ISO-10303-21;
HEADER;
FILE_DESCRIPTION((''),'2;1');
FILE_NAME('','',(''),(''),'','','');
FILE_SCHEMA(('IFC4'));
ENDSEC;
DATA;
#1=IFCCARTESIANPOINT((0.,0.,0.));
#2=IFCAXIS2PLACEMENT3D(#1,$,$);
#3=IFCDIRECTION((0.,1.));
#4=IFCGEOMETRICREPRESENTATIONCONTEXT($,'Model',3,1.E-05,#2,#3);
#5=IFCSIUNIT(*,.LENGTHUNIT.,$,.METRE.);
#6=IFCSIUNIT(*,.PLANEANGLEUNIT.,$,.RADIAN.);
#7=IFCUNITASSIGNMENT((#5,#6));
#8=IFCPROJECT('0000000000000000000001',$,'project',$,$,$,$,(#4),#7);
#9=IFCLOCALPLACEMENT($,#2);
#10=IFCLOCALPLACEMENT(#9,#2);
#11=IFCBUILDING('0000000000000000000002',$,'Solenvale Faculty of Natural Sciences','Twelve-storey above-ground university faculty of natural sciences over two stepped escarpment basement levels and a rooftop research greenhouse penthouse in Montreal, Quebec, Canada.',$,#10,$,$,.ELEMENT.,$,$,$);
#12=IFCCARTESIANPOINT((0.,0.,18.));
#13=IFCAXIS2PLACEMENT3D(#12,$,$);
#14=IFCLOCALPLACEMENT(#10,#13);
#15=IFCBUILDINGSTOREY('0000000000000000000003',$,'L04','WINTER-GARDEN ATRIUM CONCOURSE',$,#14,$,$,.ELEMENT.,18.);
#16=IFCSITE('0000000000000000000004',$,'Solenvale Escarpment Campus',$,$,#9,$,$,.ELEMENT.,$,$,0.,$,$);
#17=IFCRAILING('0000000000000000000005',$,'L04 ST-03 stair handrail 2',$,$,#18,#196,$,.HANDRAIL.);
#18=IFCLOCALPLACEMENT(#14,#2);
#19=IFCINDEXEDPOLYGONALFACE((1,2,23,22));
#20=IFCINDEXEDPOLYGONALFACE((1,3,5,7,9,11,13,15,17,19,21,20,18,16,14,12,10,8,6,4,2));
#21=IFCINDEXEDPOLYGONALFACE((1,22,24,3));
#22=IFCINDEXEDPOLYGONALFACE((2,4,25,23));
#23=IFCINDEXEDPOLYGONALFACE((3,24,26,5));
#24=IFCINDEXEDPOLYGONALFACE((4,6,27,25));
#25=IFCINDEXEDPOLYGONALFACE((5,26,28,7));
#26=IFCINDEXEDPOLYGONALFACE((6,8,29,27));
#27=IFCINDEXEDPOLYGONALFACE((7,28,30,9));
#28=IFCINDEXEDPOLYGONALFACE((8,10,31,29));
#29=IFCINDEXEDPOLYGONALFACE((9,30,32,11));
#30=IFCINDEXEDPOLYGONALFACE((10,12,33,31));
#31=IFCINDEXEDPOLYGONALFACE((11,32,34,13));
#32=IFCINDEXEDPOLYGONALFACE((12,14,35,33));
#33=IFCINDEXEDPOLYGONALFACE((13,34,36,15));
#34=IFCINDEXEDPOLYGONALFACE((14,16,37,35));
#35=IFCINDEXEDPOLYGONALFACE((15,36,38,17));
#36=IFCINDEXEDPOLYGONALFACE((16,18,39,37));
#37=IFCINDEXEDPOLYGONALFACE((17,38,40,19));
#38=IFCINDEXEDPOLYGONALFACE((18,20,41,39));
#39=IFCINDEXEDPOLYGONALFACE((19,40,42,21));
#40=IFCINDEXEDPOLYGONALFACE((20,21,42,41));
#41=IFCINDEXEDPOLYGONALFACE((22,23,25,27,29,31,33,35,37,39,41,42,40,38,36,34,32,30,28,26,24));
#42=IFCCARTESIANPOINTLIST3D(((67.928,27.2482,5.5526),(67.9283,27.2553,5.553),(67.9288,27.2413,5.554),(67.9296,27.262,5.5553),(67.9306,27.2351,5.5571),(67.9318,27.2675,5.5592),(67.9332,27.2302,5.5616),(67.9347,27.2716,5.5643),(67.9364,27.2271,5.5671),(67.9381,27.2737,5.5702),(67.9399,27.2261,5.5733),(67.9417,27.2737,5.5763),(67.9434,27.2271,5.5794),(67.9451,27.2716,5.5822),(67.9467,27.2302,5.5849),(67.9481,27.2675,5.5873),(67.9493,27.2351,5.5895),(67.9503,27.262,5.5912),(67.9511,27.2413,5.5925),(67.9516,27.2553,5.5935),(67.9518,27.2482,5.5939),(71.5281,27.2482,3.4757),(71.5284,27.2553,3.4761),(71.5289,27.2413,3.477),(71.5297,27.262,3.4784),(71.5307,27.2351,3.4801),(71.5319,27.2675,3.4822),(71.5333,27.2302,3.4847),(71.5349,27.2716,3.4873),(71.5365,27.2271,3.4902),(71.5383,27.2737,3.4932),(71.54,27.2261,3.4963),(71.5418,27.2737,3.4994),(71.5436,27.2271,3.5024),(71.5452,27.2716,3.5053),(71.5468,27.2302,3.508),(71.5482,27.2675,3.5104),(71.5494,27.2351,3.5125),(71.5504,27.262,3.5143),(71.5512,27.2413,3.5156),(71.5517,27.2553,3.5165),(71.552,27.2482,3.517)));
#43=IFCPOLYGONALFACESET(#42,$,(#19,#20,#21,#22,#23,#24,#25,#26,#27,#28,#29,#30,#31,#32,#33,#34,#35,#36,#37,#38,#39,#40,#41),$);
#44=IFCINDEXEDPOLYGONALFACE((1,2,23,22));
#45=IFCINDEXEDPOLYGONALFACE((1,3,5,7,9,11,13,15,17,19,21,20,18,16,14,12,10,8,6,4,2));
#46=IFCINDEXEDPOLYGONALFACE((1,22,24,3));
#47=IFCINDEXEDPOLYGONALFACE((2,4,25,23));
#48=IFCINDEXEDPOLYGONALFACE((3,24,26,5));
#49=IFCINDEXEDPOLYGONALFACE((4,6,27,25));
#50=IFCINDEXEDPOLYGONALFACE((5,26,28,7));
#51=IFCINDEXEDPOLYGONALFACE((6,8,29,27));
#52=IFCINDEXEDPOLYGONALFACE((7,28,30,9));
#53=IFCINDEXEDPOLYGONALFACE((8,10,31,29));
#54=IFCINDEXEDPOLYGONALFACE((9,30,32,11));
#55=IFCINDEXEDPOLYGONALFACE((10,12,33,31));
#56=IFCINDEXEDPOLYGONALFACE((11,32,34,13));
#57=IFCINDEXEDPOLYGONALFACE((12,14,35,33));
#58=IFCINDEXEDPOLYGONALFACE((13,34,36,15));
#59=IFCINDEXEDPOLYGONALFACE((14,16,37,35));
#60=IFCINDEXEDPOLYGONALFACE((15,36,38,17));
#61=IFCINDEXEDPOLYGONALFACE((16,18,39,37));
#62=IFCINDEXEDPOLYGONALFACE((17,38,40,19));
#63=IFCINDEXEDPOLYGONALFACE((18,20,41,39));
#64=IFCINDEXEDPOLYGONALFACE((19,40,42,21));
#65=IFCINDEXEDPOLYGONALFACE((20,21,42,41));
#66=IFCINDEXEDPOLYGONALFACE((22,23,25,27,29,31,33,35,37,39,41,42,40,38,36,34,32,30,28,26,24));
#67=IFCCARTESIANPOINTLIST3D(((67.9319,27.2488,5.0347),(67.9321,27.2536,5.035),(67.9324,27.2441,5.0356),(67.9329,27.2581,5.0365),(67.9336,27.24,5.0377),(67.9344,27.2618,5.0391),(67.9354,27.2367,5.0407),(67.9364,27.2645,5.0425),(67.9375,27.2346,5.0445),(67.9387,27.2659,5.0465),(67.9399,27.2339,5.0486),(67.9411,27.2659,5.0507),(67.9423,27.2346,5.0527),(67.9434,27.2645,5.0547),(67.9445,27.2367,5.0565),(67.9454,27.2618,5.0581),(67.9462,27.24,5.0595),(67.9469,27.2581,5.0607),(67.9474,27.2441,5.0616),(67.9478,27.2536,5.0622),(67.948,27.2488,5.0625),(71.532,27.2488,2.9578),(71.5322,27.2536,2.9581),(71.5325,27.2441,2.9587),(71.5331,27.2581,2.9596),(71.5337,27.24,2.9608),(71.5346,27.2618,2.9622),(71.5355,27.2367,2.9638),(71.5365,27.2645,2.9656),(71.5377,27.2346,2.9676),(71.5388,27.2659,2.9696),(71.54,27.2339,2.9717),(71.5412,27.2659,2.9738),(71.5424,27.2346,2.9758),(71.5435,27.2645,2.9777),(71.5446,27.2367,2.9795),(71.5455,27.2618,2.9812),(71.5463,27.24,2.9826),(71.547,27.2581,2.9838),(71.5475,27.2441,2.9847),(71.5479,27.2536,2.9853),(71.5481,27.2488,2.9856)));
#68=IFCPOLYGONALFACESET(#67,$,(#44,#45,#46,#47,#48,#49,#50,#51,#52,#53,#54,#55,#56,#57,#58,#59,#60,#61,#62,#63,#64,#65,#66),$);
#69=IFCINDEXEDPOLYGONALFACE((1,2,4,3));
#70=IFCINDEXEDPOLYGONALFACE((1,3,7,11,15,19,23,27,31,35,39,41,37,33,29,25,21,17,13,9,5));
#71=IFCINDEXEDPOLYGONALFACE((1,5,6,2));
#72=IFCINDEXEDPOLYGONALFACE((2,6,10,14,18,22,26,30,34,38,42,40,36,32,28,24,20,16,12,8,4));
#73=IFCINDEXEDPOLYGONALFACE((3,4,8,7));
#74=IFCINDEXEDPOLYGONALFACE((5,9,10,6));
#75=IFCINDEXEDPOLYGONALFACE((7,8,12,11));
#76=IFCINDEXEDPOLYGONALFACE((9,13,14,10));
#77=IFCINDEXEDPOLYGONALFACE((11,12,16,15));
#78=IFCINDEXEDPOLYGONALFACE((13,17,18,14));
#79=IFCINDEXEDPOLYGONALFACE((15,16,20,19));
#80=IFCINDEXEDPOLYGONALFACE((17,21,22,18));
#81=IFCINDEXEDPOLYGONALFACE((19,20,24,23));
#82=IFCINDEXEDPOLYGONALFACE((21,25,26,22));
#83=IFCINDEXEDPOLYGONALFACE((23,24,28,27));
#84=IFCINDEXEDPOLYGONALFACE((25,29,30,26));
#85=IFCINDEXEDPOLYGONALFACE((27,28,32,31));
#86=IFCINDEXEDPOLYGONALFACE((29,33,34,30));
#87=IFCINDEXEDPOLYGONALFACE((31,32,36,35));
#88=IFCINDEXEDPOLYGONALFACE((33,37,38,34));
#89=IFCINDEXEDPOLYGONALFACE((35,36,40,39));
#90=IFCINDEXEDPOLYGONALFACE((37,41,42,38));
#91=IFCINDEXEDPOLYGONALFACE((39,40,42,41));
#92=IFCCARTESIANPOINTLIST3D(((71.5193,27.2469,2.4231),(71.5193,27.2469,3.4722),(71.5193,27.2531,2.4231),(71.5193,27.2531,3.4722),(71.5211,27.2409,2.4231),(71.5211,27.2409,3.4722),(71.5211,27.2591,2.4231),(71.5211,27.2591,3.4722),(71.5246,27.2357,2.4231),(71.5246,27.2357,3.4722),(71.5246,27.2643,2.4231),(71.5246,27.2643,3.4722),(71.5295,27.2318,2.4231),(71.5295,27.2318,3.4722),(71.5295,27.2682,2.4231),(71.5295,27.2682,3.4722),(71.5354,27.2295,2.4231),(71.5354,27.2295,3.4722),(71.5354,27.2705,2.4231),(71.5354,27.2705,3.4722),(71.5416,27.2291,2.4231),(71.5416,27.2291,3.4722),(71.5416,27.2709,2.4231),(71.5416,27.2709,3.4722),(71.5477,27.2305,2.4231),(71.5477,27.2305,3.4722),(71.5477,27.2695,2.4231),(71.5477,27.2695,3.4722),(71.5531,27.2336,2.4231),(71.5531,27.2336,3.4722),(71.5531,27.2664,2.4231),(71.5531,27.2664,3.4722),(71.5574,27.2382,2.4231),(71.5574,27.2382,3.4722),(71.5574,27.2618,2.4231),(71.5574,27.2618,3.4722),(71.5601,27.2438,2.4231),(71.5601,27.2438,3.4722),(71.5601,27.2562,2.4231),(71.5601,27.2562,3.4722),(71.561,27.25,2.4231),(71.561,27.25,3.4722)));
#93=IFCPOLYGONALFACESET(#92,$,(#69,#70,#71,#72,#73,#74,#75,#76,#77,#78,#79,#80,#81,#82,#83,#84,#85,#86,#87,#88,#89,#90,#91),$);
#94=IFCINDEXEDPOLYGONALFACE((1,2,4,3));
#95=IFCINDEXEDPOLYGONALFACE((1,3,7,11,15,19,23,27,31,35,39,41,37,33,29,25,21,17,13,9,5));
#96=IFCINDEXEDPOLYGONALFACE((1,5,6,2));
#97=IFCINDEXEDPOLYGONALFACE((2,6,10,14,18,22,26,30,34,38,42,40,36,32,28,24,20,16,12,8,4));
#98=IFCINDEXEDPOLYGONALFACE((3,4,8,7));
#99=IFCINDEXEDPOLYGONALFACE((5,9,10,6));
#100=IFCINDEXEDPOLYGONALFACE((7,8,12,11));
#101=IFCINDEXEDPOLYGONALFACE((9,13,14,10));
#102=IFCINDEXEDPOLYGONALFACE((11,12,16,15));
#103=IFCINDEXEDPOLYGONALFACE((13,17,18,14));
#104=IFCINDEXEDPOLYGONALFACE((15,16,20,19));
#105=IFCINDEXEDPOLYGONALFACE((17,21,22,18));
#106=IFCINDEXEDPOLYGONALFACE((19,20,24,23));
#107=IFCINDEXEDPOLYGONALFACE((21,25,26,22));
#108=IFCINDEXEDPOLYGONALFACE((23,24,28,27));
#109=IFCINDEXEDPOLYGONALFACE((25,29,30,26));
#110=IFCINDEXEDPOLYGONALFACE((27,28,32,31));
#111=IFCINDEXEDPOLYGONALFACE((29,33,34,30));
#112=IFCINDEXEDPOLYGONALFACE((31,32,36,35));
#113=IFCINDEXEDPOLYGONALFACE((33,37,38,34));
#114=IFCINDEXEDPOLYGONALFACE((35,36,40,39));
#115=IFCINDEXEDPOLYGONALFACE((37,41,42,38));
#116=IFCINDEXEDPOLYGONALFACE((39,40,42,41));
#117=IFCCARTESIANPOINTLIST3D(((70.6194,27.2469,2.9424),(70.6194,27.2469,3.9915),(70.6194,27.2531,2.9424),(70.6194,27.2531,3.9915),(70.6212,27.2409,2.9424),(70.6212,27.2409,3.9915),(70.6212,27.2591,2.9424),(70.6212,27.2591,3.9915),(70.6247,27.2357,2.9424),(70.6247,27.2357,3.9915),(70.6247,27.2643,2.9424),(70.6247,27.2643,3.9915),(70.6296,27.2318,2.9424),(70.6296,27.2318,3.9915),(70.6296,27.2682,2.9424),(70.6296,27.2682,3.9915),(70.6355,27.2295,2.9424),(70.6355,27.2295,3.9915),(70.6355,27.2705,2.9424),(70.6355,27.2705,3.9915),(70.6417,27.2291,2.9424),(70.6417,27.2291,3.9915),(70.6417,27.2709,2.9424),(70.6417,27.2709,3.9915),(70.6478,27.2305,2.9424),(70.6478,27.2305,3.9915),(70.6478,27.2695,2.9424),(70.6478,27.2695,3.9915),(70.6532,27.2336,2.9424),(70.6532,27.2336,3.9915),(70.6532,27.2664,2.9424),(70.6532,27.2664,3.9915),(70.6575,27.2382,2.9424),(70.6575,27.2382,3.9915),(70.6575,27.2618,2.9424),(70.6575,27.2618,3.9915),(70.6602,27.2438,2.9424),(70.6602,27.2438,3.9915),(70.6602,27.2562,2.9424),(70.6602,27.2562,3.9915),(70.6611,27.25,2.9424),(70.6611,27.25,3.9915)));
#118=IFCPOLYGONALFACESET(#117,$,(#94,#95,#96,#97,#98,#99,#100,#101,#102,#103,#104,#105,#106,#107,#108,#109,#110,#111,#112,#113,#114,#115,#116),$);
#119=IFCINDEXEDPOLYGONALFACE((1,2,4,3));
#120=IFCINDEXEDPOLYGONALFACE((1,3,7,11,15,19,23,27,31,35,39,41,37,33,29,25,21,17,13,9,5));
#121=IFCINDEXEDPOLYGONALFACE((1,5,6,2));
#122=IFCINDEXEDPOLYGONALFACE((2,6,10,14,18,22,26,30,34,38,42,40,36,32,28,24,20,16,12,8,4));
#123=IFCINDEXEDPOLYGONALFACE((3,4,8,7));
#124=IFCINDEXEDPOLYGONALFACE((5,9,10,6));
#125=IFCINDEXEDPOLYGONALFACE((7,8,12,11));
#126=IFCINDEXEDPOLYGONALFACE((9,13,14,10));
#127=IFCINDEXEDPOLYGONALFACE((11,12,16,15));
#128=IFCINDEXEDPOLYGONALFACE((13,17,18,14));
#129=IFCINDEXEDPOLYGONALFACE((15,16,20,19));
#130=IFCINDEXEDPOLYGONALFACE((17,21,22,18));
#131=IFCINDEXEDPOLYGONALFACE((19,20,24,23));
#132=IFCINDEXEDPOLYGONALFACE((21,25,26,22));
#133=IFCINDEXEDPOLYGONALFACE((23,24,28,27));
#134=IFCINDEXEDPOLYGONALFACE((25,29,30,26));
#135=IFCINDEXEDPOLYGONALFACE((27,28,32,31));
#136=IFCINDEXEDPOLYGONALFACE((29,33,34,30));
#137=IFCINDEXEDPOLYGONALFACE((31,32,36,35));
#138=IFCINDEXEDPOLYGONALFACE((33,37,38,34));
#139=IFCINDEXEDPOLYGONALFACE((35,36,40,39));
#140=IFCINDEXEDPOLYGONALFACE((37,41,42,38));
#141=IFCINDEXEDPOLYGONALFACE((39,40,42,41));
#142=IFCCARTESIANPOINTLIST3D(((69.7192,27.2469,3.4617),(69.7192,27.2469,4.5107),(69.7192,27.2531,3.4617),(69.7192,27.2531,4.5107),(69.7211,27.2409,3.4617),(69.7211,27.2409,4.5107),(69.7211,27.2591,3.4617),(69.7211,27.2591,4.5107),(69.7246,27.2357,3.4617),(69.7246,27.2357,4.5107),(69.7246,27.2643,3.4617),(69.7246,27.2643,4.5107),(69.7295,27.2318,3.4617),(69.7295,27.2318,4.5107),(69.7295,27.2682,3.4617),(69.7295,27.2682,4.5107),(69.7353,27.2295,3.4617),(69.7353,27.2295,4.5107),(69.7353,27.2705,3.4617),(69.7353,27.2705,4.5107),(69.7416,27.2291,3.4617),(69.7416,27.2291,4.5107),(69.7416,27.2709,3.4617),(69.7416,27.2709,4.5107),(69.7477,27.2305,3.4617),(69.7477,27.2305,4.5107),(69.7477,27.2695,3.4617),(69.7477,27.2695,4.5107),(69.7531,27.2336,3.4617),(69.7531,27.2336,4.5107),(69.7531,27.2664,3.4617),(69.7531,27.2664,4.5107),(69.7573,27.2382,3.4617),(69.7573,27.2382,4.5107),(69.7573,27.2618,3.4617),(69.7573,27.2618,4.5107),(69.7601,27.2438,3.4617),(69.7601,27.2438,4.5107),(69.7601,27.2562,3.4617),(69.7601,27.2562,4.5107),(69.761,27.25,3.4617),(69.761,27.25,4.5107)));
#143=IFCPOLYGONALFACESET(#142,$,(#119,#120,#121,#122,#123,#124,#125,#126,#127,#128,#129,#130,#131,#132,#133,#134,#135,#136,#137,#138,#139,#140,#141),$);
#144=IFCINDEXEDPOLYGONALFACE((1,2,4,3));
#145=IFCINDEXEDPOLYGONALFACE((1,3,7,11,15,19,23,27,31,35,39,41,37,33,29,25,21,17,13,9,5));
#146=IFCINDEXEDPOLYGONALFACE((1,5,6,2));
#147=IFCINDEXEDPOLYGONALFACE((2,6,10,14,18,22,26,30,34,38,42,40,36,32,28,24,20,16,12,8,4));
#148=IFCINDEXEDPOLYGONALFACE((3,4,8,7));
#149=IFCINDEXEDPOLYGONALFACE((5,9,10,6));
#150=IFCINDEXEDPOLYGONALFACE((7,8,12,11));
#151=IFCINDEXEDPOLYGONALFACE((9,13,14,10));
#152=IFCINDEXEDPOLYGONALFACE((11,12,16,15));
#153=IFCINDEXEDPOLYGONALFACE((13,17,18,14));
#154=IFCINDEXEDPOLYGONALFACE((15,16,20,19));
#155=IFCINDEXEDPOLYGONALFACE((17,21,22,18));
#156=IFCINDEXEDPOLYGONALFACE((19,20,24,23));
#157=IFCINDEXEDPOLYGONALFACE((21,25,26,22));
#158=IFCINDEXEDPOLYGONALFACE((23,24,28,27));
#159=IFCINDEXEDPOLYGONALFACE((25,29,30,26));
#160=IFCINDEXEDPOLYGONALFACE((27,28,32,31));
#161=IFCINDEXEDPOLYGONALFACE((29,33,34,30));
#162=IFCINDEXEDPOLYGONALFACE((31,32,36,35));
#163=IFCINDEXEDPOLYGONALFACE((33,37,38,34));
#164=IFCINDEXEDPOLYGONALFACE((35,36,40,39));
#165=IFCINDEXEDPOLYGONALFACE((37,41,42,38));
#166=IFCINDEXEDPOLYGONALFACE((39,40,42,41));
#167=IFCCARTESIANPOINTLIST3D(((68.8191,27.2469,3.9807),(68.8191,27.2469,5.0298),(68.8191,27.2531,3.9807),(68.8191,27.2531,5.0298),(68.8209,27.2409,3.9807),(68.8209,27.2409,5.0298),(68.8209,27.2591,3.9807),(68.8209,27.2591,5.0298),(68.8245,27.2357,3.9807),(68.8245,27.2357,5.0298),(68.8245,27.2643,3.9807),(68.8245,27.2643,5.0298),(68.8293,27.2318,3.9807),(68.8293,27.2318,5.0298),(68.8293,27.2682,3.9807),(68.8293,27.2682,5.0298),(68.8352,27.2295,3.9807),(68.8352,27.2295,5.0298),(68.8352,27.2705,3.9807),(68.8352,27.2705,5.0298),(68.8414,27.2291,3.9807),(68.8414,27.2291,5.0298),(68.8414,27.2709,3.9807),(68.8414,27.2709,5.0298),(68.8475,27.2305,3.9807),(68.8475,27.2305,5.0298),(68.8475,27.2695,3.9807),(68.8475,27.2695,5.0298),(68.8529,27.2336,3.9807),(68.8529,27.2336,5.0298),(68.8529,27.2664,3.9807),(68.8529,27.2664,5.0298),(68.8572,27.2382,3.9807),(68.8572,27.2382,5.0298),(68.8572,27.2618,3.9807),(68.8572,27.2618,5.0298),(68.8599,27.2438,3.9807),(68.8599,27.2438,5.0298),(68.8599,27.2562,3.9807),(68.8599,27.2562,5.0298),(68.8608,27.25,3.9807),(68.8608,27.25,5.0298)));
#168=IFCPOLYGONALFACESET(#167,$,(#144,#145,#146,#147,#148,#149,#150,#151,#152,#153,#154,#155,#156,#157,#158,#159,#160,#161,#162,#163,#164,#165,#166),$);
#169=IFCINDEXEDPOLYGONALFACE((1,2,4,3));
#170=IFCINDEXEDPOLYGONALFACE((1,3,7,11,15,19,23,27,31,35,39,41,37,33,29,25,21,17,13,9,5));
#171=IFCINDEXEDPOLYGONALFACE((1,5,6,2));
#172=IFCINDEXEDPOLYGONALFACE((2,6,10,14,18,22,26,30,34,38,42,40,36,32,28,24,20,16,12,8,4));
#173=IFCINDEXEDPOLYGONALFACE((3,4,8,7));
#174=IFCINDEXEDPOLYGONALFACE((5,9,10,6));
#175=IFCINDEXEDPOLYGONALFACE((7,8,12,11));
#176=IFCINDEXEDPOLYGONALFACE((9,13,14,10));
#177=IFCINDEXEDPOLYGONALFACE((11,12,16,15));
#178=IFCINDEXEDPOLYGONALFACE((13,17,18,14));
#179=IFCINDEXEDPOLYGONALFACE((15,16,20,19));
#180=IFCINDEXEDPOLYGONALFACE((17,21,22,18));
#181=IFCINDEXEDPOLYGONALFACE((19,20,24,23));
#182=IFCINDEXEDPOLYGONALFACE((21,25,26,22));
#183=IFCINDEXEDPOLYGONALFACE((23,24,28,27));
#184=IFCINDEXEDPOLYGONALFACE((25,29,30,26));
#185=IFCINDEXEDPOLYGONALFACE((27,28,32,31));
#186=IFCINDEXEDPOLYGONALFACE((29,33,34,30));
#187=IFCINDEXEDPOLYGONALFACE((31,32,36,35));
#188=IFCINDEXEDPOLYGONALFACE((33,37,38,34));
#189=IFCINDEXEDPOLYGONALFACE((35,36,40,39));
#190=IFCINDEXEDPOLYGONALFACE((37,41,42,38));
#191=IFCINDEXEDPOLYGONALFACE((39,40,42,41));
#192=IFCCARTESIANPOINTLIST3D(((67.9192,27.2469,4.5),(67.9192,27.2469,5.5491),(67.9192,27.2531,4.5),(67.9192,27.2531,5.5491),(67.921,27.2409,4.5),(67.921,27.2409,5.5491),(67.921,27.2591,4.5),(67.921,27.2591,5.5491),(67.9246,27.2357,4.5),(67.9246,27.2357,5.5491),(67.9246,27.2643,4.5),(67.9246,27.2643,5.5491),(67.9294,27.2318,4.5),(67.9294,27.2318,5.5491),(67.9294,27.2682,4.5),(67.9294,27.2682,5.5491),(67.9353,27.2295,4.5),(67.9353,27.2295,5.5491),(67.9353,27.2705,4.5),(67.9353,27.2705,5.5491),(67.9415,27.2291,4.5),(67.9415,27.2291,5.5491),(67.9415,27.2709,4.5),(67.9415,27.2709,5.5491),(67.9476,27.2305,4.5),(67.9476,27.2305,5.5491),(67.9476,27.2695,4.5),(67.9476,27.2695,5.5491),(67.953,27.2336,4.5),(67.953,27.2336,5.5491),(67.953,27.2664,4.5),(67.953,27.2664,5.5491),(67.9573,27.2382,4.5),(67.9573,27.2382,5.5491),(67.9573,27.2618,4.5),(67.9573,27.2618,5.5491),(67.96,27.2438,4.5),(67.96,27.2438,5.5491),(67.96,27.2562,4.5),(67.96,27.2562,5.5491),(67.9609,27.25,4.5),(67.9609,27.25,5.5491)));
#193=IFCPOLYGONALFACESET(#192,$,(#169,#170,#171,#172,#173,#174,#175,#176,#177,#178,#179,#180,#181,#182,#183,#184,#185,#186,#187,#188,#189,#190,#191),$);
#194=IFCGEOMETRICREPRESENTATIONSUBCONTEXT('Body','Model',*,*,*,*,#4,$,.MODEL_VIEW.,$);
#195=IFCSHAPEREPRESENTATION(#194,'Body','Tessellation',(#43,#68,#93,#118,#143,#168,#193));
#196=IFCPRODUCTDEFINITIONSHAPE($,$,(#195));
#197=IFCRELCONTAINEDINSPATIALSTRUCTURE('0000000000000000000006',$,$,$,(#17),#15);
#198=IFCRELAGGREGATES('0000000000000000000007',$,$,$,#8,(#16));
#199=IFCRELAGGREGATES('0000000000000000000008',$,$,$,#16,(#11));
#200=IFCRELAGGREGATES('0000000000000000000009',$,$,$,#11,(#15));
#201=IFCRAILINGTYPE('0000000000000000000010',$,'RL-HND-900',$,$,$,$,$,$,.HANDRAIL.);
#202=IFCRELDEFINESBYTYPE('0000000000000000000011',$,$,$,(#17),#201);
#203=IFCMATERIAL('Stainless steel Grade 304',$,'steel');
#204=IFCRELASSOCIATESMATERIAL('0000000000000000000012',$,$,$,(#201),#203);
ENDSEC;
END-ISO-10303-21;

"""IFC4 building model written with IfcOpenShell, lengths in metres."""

from ifc_helpers import new_model, si_unit, direction, frame, origin, origin_2d, place, context, subcontext, project, spatial, circle, extrude, material, type_object, element, save


model = new_model("IFC4")

# Units and contexts
model_context = context("Model", 3, precision=1e-05, world=origin(), true_north=direction((0.0, 1.0)))
body_context = subcontext(model_context, "Body", "Model", "MODEL_VIEW")
ifc_project = project(units=[si_unit("LENGTHUNIT", "METRE"), si_unit("PLANEANGLEUNIT", "RADIAN")], contexts=[model_context])

# Site, building, storey
site_placement = place(None, origin())
site = spatial("IfcSite", under=ifc_project, at=site_placement, Name="Solenvale Escarpment Campus", CompositionType="ELEMENT", RefElevation=0.0)
building_placement = place(site_placement, origin())
building = spatial("IfcBuilding", under=site, at=building_placement, Name="Solenvale Faculty of Natural Sciences", Description="Twelve-storey above-ground university faculty of natural sciences over two stepped escarpment basement levels and a rooftop research greenhouse penthouse in Montreal, Quebec, Canada.", CompositionType="ELEMENT")
storey_placement = place(building_placement, frame((0.0, 0.0, 18.0)))
storey = spatial("IfcBuildingStorey", under=building, at=storey_placement, Name="L04", Description="WINTER-GARDEN ATRIUM CONCOURSE", CompositionType="ELEMENT", Elevation=18.0)

# Shared definitions
ifc_material_1 = material(Name="Stainless steel Grade 304", Category="steel")

# Railing
railing_type_1 = type_object("IfcRailingType", Name="RL-HND-900", PredefinedType="HANDRAIL", material=ifc_material_1)
railing_1_placement = place(storey_placement, frame((71.54, 27.25, 2.4231)))
element("IfcRailing", 1, at=railing_1_placement, inside=storey, type_object=railing_type_1, Name="L04 ST-03 stair handrail 2", PredefinedType="HANDRAIL", context=body_context, shape_type="SweptSolid", body=[
    extrude(circle(Radius=0.0239, at=origin_2d()), frame((0.0, 0.0, 1.0732), z_axis=(-0.866193, 0.0, 0.499709), x_axis=(0.0, -1.0, 0.0)), (0.0, 0.0, 1.0), 4.1562),
    extrude(circle(Radius=0.0161, at=origin_2d()), frame((0.0, 0.0, 0.5486), z_axis=(-0.866193, 0.0, 0.499709), x_axis=(0.0, -1.0, 0.0)), (0.0, 0.0, 1.0), 4.1562),
    extrude(circle(Radius=0.021, at=origin_2d()), origin(), (0.0, 0.0, 1.0), 1.0491),
    extrude(circle(Radius=0.021, at=origin_2d()), frame((-0.8999, 0.0, 0.5193)), (0.0, 0.0, 1.0), 1.0491),
    extrude(circle(Radius=0.021, at=origin_2d()), frame((-1.8, 0.0, 1.0386)), (0.0, 0.0, 1.0), 1.0491),
    extrude(circle(Radius=0.021, at=origin_2d()), frame((-2.7002, 0.0, 1.5576)), (0.0, 0.0, 1.0), 1.0491),
    extrude(circle(Radius=0.021, at=origin_2d()), frame((-3.6001, 0.0, 2.0769)), (0.0, 0.0, 1.0), 1.0491),
])

save(model, "model.ifc")
